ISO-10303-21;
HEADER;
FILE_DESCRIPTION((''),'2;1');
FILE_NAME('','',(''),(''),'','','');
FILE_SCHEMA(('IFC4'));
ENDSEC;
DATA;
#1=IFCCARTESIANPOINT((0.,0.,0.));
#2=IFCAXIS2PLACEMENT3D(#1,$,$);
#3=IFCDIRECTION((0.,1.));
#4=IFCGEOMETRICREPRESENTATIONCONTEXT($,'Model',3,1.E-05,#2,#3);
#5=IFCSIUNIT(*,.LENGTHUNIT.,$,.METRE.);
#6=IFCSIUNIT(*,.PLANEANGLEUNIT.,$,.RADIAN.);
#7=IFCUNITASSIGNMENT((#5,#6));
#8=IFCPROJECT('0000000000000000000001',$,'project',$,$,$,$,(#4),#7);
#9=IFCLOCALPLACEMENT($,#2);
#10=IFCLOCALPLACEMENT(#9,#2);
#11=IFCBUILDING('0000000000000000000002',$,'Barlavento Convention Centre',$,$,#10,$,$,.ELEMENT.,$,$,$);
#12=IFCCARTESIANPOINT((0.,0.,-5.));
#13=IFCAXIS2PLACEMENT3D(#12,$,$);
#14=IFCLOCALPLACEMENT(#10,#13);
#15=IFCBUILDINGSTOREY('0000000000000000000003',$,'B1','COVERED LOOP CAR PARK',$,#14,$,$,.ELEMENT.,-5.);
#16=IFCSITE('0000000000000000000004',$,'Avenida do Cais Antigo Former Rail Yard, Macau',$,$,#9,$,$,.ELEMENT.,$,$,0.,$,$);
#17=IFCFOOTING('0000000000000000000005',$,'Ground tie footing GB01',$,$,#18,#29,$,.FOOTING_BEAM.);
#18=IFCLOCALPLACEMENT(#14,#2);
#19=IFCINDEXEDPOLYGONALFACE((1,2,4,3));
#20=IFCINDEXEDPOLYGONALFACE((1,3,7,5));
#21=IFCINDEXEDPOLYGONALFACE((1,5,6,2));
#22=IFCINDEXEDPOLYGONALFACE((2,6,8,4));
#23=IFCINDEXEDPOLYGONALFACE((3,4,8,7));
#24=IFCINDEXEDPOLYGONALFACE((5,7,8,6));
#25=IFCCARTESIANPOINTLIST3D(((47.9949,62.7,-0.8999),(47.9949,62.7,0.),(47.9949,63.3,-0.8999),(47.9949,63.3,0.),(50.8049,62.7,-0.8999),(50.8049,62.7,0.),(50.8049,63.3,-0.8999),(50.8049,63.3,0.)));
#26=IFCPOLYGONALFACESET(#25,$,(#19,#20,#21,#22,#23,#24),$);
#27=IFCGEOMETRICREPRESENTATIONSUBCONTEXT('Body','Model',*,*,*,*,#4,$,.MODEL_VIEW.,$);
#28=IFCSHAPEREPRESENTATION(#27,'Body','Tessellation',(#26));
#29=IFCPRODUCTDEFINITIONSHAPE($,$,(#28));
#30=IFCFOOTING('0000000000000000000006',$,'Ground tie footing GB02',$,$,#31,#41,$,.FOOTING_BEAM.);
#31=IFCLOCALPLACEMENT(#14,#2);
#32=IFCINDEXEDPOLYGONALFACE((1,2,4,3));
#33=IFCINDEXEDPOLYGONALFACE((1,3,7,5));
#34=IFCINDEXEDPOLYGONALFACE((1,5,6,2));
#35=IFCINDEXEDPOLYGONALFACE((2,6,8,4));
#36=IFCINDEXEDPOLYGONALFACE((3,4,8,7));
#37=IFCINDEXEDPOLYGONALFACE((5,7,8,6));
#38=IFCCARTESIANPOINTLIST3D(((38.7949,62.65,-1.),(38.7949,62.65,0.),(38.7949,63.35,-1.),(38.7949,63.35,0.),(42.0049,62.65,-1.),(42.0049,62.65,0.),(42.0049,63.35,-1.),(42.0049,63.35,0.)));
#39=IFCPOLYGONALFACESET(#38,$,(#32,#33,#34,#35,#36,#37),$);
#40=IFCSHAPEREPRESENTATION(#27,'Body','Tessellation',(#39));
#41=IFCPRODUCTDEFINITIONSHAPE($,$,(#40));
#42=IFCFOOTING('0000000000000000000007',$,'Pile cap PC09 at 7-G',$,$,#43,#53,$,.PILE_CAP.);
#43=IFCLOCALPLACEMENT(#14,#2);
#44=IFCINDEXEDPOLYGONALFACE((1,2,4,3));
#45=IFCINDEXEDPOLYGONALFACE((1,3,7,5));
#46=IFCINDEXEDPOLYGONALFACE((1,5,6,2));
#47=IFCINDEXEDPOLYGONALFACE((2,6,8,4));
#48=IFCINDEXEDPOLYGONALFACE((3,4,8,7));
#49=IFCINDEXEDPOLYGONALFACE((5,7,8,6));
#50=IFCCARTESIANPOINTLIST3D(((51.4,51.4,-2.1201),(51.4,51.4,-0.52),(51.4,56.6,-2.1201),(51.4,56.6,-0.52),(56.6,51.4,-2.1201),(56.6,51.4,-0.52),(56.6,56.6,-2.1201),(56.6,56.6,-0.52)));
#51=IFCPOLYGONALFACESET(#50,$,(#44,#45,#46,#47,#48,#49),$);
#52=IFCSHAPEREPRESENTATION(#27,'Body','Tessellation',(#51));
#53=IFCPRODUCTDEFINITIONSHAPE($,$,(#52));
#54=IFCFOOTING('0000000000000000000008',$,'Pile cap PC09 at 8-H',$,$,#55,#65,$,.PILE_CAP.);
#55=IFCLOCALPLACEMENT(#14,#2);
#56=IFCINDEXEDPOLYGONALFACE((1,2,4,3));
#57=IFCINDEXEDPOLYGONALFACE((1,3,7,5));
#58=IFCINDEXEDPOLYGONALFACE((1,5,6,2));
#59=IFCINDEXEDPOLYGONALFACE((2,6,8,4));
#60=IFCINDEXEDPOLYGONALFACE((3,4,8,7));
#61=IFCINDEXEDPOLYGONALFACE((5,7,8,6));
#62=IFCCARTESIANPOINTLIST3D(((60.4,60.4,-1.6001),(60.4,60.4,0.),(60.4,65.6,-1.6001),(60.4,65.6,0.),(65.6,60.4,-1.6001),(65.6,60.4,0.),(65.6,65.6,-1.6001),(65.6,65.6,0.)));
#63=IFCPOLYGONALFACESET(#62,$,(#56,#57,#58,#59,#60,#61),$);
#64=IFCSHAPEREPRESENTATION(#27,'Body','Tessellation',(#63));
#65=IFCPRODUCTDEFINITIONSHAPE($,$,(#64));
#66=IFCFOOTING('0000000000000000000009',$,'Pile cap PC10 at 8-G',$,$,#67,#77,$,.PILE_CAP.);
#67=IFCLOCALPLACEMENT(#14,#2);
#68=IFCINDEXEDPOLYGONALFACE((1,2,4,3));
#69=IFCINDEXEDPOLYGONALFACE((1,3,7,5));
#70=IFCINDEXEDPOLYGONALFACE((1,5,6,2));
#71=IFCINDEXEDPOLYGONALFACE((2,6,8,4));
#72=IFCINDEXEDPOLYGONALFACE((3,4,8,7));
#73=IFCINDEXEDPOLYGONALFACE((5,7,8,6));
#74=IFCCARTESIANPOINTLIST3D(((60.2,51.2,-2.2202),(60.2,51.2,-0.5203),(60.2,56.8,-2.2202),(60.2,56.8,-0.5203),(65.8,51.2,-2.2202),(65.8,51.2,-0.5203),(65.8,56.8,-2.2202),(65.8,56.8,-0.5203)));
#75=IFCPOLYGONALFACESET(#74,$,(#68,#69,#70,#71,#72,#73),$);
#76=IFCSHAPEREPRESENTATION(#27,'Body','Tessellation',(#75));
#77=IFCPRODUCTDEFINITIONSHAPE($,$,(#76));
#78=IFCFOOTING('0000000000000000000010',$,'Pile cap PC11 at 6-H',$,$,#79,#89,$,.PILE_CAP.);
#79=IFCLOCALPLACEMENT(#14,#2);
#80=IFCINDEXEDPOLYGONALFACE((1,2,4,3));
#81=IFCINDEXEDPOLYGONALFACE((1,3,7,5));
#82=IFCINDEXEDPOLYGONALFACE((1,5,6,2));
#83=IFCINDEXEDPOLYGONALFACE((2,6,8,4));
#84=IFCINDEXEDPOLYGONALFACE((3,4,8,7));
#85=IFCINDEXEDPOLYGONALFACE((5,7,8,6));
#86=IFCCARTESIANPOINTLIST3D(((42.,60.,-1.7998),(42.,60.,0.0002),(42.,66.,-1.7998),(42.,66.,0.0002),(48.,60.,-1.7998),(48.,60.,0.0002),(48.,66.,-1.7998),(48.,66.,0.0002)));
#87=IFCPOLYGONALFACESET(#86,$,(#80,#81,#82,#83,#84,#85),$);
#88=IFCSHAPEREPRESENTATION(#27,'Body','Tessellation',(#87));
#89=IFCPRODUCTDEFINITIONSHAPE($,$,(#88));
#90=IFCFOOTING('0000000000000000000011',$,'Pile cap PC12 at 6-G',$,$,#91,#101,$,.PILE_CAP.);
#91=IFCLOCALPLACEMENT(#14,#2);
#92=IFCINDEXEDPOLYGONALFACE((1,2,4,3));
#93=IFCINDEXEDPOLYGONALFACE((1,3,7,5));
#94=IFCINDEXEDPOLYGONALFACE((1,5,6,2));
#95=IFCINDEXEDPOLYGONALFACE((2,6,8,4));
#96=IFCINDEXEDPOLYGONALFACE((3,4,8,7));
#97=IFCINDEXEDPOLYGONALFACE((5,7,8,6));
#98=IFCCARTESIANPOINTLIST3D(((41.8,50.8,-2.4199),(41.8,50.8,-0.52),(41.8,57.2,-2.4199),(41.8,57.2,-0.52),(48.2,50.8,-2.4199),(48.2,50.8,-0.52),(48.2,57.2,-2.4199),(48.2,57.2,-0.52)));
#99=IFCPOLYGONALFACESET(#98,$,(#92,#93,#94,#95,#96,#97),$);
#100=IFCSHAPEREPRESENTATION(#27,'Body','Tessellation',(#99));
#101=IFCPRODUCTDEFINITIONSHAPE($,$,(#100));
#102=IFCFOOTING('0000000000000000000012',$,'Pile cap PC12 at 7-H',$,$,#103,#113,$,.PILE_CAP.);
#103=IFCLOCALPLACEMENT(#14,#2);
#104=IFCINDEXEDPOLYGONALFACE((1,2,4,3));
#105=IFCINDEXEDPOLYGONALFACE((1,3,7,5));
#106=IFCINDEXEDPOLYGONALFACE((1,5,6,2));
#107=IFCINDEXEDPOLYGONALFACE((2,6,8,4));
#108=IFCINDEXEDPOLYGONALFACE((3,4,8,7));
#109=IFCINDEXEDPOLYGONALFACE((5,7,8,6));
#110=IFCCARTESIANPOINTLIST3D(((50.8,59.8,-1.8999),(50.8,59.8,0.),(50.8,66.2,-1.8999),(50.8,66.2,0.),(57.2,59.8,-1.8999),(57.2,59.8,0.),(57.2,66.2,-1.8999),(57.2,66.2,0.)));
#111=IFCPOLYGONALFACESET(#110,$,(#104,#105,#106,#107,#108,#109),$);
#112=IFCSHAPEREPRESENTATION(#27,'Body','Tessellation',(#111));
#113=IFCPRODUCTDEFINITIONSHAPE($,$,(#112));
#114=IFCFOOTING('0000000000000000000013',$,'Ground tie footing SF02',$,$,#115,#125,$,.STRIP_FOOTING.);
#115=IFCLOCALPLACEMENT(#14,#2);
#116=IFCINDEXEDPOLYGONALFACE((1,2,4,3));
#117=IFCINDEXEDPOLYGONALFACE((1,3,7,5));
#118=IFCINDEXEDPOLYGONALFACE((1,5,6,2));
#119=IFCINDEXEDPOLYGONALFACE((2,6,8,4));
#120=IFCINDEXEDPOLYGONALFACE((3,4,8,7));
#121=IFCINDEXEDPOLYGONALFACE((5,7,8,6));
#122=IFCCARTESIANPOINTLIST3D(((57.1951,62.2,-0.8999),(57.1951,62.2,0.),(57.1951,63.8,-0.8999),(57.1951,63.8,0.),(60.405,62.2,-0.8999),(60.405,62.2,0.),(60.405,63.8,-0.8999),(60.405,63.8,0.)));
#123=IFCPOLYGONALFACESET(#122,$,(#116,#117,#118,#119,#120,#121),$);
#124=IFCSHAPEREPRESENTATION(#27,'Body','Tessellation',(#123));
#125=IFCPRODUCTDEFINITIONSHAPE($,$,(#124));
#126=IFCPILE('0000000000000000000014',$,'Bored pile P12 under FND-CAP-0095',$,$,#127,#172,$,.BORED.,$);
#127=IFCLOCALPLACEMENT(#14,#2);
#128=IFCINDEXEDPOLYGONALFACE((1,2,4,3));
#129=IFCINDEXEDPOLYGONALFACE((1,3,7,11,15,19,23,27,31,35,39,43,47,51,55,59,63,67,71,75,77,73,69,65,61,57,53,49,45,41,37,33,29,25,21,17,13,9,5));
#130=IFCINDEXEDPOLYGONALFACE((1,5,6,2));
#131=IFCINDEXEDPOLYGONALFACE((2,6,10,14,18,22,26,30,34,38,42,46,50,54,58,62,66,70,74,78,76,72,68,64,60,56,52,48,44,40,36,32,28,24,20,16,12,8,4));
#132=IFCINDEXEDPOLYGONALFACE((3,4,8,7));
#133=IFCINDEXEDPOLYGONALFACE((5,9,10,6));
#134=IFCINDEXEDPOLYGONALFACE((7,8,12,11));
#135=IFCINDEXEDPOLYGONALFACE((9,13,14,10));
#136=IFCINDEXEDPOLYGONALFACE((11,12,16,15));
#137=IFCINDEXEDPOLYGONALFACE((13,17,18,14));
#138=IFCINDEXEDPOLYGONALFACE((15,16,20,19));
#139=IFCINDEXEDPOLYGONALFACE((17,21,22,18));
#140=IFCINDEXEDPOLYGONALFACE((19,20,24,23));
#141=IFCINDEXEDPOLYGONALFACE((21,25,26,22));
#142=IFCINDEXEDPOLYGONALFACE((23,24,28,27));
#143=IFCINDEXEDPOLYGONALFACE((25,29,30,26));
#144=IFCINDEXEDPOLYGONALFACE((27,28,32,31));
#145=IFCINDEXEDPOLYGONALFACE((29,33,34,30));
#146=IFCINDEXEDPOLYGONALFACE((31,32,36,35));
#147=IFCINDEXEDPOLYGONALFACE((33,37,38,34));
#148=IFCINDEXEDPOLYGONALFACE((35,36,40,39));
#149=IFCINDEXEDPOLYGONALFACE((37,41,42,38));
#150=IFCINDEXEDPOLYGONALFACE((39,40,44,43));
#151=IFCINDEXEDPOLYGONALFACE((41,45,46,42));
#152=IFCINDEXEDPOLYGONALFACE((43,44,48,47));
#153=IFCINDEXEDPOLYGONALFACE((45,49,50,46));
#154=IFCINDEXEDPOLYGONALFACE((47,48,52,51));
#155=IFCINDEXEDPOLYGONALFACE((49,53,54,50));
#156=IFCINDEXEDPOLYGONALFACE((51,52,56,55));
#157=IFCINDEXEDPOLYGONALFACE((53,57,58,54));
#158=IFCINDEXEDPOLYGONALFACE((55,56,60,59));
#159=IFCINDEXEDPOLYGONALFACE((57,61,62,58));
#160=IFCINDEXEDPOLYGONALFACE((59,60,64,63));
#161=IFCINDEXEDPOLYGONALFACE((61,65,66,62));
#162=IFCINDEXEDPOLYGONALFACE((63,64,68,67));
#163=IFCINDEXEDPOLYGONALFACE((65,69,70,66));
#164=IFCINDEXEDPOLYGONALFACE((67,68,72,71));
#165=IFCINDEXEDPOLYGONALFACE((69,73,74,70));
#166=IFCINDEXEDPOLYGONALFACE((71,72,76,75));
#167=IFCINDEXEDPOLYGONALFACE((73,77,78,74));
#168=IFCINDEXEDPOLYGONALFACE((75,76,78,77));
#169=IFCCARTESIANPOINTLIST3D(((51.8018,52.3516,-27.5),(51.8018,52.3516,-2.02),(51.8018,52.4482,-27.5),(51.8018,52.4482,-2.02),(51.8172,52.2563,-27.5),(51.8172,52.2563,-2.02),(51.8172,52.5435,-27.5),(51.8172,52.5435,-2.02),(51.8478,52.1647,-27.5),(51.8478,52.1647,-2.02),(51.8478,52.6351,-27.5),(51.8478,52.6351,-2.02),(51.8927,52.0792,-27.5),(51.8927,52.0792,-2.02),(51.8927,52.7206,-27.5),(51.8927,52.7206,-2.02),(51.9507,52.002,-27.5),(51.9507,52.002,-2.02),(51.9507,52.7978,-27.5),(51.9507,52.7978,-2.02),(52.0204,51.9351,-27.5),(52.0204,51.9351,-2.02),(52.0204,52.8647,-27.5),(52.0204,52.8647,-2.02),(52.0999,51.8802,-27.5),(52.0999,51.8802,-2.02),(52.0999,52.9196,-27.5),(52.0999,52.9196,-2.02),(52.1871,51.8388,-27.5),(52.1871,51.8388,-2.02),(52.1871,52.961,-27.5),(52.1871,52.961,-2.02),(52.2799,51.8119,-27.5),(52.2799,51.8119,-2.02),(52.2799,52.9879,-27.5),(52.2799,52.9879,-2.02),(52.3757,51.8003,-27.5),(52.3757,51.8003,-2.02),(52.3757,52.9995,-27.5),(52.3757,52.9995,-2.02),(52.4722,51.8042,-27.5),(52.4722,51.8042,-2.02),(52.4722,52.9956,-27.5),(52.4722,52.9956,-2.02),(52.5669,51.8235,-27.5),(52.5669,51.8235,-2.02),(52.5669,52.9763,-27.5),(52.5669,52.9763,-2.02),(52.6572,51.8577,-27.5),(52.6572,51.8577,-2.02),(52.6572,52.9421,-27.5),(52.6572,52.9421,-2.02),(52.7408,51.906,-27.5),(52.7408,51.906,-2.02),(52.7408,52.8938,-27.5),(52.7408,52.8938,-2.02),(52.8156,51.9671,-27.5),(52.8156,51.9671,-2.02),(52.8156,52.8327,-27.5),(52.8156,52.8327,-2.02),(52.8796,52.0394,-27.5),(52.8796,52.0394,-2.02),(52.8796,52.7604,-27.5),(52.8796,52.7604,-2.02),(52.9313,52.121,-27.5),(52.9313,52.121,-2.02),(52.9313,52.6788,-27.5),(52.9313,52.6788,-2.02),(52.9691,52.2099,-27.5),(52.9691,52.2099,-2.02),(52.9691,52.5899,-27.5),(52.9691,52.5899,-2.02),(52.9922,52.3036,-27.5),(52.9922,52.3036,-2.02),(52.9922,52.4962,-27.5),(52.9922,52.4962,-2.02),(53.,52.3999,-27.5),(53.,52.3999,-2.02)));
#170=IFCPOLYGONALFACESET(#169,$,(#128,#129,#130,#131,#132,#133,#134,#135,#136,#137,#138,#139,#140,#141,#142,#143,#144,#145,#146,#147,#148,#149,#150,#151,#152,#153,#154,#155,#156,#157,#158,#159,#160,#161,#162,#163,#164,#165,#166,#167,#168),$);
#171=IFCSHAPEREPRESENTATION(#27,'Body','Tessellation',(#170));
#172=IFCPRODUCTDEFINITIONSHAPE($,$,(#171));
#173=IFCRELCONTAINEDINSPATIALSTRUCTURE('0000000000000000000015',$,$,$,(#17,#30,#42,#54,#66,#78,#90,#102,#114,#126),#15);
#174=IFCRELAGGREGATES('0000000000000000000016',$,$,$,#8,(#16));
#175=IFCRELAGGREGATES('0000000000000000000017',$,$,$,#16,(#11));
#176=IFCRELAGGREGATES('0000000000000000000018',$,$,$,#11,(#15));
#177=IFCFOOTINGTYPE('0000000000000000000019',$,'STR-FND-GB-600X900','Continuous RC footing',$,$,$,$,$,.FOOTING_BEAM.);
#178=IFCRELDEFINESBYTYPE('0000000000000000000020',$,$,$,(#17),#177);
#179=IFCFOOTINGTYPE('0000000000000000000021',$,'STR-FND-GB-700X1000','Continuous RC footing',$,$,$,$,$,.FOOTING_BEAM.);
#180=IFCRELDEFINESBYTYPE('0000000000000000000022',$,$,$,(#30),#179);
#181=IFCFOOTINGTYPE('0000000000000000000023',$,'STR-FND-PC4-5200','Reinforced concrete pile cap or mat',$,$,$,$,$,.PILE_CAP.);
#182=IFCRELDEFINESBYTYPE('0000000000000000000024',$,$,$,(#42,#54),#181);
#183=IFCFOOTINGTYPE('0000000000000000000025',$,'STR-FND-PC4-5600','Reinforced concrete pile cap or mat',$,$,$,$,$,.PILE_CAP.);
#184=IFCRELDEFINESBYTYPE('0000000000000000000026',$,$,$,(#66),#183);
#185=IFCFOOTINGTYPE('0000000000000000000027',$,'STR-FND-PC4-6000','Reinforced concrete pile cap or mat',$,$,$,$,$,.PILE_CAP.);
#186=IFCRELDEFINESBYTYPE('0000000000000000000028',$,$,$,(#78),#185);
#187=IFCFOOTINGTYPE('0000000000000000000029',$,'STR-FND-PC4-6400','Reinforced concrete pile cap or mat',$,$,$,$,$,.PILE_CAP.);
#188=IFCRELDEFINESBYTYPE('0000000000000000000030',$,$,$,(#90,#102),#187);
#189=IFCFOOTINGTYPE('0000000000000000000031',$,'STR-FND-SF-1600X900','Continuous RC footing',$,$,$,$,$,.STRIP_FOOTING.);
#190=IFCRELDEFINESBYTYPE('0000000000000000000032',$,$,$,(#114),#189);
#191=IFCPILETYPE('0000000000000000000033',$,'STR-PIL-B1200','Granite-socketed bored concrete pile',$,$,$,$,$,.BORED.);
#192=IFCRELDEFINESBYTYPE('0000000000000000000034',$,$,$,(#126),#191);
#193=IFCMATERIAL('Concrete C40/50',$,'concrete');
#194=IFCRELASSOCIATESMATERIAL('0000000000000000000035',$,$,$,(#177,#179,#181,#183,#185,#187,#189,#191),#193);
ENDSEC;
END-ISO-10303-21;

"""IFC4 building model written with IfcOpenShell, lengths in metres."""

from ifc_helpers import new_model, si_unit, direction, frame, origin, origin_2d, place, context, subcontext, project, spatial, rectangle, circle, extrude, material, material_profile, profile_set, type_object, element, save


model = new_model("IFC4")

# Units and contexts
model_context = context("Model", 3, precision=1e-05, world=origin(), true_north=direction((0.0, 1.0)))
body_context = subcontext(model_context, "Body", "Model", "MODEL_VIEW")
ifc_project = project(units=[si_unit("LENGTHUNIT", "METRE"), si_unit("PLANEANGLEUNIT", "RADIAN")], contexts=[model_context])

# Site, building, storey
site_placement = place(None, origin())
site = spatial("IfcSite", under=ifc_project, at=site_placement, Name="Avenida do Cais Antigo Former Rail Yard, Macau", CompositionType="ELEMENT", RefElevation=0.0)
building_placement = place(site_placement, origin())
building = spatial("IfcBuilding", under=site, at=building_placement, Name="Barlavento Convention Centre", CompositionType="ELEMENT")
storey_placement = place(building_placement, frame((0.0, 0.0, -5.0)))
storey = spatial("IfcBuildingStorey", under=building, at=storey_placement, Name="B1", Description="COVERED LOOP CAR PARK", CompositionType="ELEMENT", Elevation=-5.0)

# Footings
ifc_material_1 = material(Name="Concrete C40/50", Category="concrete")
footing_type_1 = type_object("IfcFootingType", Name="STR-FND-GB-600X900", Description="Continuous RC footing", PredefinedType="FOOTING_BEAM", material=ifc_material_1)
footing_1_placement = place(storey_placement, frame((49.3999, 63.0, -0.8999), z_axis=(0.0, 0.0, 1.0), x_axis=(1.0, 0.0, 0.0)))
element("IfcFooting", 1, at=footing_1_placement, inside=storey, type_object=footing_type_1, Name="Ground tie footing GB01", PredefinedType="FOOTING_BEAM", context=body_context, shape_type="SweptSolid", body=[
    extrude(rectangle(XDim=2.8101, YDim=0.6001, at=origin_2d()), origin(), (0.0, 0.0, 1.0), 0.8999),
])
footing_type_2 = type_object("IfcFootingType", Name="STR-FND-GB-700X1000", Description="Continuous RC footing", PredefinedType="FOOTING_BEAM", material=ifc_material_1)
footing_2_placement = place(storey_placement, frame((40.3999, 63.0, -1.0), z_axis=(0.0, 0.0, 1.0), x_axis=(1.0, 0.0, 0.0)))
element("IfcFooting", 2, at=footing_2_placement, inside=storey, type_object=footing_type_2, Name="Ground tie footing GB02", PredefinedType="FOOTING_BEAM", context=body_context, shape_type="SweptSolid", body=[
    extrude(rectangle(XDim=3.21, YDim=0.7, at=origin_2d()), origin(), (0.0, 0.0, 1.0), 1.0),
])
footing_type_3 = type_object("IfcFootingType", Name="STR-FND-PC4-5200", Description="Reinforced concrete pile cap or mat", PredefinedType="PILE_CAP", material=ifc_material_1)
for number, where, z_axis, x_axis, name in (
    (3, (54.0, 54.0, -2.1201), (0.0, 0.0, 1.0), (1.0, 0.0, 0.0), "Pile cap PC09 at 7-G"),
    (4, (63.0, 63.0, -1.6001), (0.0, 0.0, 1.0), (1.0, 0.0, 0.0), "Pile cap PC09 at 8-H"),
):
    element("IfcFooting", number, at=place(storey_placement, frame(where, z_axis=z_axis, x_axis=x_axis)), inside=storey, type_object=footing_type_3, Name=name, PredefinedType="PILE_CAP", context=body_context, shape_type="SweptSolid", body=[
        extrude(rectangle(XDim=5.2, YDim=5.2, at=origin_2d()), origin(), (0.0, 0.0, 1.0), 1.6001),
    ])
footing_type_4 = type_object("IfcFootingType", Name="STR-FND-PC4-5600", Description="Reinforced concrete pile cap or mat", PredefinedType="PILE_CAP", material=ifc_material_1)
footing_3_placement = place(storey_placement, frame((63.0, 54.0, -2.2202), z_axis=(0.0, 0.0, 1.0), x_axis=(1.0, 0.0, 0.0)))
element("IfcFooting", 5, at=footing_3_placement, inside=storey, type_object=footing_type_4, Name="Pile cap PC10 at 8-G", PredefinedType="PILE_CAP", context=body_context, shape_type="SweptSolid", body=[
    extrude(rectangle(XDim=5.6001, YDim=5.6001, at=origin_2d()), origin(), (0.0, 0.0, 1.0), 1.7),
])
footing_type_5 = type_object("IfcFootingType", Name="STR-FND-PC4-6000", Description="Reinforced concrete pile cap or mat", PredefinedType="PILE_CAP", material=ifc_material_1)
footing_4_placement = place(storey_placement, frame((45.0, 63.0, -1.7998), z_axis=(0.0, 0.0, 1.0), x_axis=(1.0, 0.0, 0.0)))
element("IfcFooting", 6, at=footing_4_placement, inside=storey, type_object=footing_type_5, Name="Pile cap PC11 at 6-H", PredefinedType="PILE_CAP", context=body_context, shape_type="SweptSolid", body=[
    extrude(rectangle(XDim=6.0, YDim=6.0, at=origin_2d()), origin(), (0.0, 0.0, 1.0), 1.8),
])
footing_type_6 = type_object("IfcFootingType", Name="STR-FND-PC4-6400", Description="Reinforced concrete pile cap or mat", PredefinedType="PILE_CAP", material=ifc_material_1)
for number, where, z_axis, x_axis, name in (
    (7, (45.0, 54.0, -2.4199), (0.0, 0.0, 1.0), (1.0, 0.0, 0.0), "Pile cap PC12 at 6-G"),
    (8, (54.0, 63.0, -1.8999), (0.0, 0.0, 1.0), (1.0, 0.0, 0.0), "Pile cap PC12 at 7-H"),
):
    element("IfcFooting", number, at=place(storey_placement, frame(where, z_axis=z_axis, x_axis=x_axis)), inside=storey, type_object=footing_type_6, Name=name, PredefinedType="PILE_CAP", context=body_context, shape_type="SweptSolid", body=[
        extrude(rectangle(XDim=6.3999, YDim=6.3999, at=origin_2d()), origin(), (0.0, 0.0, 1.0), 1.8999),
    ])
footing_type_7 = type_object("IfcFootingType", Name="STR-FND-SF-1600X900", Description="Continuous RC footing", PredefinedType="STRIP_FOOTING", material=ifc_material_1)
footing_5_placement = place(storey_placement, frame((58.8, 63.0, -0.8999), z_axis=(0.0, 0.0, 1.0), x_axis=(1.0, 0.0, 0.0)))
element("IfcFooting", 9, at=footing_5_placement, inside=storey, type_object=footing_type_7, Name="Ground tie footing SF02", PredefinedType="STRIP_FOOTING", context=body_context, shape_type="SweptSolid", body=[
    extrude(rectangle(XDim=3.21, YDim=1.6001, at=origin_2d()), origin(), (0.0, 0.0, 1.0), 0.8999),
])

# Pile
ifc_material_profile_1 = material_profile(ifc_material_1, circle(Radius=0.6001, at=origin_2d()), Name="BORED PILE 1200")
ifc_profile_set_1 = profile_set([ifc_material_profile_1], Name="Concrete C40/50")
pile_type_1 = type_object("IfcPileType", Name="STR-PIL-B1200", Description="Granite-socketed bored concrete pile", PredefinedType="BORED", material=ifc_profile_set_1)
for number, where, z_axis, x_axis, name in (
    (10, (52.3999, 52.3999, -2.02), (0.0, 0.0, -1.0), (1.0, 0.0, 0.0), "Bored pile P12 under FND-CAP-0095"),
):
    element("IfcPile", number, at=place(storey_placement, frame(where, z_axis=z_axis, x_axis=x_axis)), inside=storey, type_object=pile_type_1, Name=name, PredefinedType="BORED", context=body_context, shape_type="SweptSolid", body=[
        extrude(circle(Radius=0.6001, at=origin_2d()), origin(), (0.0, 0.0, 1.0), 25.48),
    ])

save(model, "model.ifc")
